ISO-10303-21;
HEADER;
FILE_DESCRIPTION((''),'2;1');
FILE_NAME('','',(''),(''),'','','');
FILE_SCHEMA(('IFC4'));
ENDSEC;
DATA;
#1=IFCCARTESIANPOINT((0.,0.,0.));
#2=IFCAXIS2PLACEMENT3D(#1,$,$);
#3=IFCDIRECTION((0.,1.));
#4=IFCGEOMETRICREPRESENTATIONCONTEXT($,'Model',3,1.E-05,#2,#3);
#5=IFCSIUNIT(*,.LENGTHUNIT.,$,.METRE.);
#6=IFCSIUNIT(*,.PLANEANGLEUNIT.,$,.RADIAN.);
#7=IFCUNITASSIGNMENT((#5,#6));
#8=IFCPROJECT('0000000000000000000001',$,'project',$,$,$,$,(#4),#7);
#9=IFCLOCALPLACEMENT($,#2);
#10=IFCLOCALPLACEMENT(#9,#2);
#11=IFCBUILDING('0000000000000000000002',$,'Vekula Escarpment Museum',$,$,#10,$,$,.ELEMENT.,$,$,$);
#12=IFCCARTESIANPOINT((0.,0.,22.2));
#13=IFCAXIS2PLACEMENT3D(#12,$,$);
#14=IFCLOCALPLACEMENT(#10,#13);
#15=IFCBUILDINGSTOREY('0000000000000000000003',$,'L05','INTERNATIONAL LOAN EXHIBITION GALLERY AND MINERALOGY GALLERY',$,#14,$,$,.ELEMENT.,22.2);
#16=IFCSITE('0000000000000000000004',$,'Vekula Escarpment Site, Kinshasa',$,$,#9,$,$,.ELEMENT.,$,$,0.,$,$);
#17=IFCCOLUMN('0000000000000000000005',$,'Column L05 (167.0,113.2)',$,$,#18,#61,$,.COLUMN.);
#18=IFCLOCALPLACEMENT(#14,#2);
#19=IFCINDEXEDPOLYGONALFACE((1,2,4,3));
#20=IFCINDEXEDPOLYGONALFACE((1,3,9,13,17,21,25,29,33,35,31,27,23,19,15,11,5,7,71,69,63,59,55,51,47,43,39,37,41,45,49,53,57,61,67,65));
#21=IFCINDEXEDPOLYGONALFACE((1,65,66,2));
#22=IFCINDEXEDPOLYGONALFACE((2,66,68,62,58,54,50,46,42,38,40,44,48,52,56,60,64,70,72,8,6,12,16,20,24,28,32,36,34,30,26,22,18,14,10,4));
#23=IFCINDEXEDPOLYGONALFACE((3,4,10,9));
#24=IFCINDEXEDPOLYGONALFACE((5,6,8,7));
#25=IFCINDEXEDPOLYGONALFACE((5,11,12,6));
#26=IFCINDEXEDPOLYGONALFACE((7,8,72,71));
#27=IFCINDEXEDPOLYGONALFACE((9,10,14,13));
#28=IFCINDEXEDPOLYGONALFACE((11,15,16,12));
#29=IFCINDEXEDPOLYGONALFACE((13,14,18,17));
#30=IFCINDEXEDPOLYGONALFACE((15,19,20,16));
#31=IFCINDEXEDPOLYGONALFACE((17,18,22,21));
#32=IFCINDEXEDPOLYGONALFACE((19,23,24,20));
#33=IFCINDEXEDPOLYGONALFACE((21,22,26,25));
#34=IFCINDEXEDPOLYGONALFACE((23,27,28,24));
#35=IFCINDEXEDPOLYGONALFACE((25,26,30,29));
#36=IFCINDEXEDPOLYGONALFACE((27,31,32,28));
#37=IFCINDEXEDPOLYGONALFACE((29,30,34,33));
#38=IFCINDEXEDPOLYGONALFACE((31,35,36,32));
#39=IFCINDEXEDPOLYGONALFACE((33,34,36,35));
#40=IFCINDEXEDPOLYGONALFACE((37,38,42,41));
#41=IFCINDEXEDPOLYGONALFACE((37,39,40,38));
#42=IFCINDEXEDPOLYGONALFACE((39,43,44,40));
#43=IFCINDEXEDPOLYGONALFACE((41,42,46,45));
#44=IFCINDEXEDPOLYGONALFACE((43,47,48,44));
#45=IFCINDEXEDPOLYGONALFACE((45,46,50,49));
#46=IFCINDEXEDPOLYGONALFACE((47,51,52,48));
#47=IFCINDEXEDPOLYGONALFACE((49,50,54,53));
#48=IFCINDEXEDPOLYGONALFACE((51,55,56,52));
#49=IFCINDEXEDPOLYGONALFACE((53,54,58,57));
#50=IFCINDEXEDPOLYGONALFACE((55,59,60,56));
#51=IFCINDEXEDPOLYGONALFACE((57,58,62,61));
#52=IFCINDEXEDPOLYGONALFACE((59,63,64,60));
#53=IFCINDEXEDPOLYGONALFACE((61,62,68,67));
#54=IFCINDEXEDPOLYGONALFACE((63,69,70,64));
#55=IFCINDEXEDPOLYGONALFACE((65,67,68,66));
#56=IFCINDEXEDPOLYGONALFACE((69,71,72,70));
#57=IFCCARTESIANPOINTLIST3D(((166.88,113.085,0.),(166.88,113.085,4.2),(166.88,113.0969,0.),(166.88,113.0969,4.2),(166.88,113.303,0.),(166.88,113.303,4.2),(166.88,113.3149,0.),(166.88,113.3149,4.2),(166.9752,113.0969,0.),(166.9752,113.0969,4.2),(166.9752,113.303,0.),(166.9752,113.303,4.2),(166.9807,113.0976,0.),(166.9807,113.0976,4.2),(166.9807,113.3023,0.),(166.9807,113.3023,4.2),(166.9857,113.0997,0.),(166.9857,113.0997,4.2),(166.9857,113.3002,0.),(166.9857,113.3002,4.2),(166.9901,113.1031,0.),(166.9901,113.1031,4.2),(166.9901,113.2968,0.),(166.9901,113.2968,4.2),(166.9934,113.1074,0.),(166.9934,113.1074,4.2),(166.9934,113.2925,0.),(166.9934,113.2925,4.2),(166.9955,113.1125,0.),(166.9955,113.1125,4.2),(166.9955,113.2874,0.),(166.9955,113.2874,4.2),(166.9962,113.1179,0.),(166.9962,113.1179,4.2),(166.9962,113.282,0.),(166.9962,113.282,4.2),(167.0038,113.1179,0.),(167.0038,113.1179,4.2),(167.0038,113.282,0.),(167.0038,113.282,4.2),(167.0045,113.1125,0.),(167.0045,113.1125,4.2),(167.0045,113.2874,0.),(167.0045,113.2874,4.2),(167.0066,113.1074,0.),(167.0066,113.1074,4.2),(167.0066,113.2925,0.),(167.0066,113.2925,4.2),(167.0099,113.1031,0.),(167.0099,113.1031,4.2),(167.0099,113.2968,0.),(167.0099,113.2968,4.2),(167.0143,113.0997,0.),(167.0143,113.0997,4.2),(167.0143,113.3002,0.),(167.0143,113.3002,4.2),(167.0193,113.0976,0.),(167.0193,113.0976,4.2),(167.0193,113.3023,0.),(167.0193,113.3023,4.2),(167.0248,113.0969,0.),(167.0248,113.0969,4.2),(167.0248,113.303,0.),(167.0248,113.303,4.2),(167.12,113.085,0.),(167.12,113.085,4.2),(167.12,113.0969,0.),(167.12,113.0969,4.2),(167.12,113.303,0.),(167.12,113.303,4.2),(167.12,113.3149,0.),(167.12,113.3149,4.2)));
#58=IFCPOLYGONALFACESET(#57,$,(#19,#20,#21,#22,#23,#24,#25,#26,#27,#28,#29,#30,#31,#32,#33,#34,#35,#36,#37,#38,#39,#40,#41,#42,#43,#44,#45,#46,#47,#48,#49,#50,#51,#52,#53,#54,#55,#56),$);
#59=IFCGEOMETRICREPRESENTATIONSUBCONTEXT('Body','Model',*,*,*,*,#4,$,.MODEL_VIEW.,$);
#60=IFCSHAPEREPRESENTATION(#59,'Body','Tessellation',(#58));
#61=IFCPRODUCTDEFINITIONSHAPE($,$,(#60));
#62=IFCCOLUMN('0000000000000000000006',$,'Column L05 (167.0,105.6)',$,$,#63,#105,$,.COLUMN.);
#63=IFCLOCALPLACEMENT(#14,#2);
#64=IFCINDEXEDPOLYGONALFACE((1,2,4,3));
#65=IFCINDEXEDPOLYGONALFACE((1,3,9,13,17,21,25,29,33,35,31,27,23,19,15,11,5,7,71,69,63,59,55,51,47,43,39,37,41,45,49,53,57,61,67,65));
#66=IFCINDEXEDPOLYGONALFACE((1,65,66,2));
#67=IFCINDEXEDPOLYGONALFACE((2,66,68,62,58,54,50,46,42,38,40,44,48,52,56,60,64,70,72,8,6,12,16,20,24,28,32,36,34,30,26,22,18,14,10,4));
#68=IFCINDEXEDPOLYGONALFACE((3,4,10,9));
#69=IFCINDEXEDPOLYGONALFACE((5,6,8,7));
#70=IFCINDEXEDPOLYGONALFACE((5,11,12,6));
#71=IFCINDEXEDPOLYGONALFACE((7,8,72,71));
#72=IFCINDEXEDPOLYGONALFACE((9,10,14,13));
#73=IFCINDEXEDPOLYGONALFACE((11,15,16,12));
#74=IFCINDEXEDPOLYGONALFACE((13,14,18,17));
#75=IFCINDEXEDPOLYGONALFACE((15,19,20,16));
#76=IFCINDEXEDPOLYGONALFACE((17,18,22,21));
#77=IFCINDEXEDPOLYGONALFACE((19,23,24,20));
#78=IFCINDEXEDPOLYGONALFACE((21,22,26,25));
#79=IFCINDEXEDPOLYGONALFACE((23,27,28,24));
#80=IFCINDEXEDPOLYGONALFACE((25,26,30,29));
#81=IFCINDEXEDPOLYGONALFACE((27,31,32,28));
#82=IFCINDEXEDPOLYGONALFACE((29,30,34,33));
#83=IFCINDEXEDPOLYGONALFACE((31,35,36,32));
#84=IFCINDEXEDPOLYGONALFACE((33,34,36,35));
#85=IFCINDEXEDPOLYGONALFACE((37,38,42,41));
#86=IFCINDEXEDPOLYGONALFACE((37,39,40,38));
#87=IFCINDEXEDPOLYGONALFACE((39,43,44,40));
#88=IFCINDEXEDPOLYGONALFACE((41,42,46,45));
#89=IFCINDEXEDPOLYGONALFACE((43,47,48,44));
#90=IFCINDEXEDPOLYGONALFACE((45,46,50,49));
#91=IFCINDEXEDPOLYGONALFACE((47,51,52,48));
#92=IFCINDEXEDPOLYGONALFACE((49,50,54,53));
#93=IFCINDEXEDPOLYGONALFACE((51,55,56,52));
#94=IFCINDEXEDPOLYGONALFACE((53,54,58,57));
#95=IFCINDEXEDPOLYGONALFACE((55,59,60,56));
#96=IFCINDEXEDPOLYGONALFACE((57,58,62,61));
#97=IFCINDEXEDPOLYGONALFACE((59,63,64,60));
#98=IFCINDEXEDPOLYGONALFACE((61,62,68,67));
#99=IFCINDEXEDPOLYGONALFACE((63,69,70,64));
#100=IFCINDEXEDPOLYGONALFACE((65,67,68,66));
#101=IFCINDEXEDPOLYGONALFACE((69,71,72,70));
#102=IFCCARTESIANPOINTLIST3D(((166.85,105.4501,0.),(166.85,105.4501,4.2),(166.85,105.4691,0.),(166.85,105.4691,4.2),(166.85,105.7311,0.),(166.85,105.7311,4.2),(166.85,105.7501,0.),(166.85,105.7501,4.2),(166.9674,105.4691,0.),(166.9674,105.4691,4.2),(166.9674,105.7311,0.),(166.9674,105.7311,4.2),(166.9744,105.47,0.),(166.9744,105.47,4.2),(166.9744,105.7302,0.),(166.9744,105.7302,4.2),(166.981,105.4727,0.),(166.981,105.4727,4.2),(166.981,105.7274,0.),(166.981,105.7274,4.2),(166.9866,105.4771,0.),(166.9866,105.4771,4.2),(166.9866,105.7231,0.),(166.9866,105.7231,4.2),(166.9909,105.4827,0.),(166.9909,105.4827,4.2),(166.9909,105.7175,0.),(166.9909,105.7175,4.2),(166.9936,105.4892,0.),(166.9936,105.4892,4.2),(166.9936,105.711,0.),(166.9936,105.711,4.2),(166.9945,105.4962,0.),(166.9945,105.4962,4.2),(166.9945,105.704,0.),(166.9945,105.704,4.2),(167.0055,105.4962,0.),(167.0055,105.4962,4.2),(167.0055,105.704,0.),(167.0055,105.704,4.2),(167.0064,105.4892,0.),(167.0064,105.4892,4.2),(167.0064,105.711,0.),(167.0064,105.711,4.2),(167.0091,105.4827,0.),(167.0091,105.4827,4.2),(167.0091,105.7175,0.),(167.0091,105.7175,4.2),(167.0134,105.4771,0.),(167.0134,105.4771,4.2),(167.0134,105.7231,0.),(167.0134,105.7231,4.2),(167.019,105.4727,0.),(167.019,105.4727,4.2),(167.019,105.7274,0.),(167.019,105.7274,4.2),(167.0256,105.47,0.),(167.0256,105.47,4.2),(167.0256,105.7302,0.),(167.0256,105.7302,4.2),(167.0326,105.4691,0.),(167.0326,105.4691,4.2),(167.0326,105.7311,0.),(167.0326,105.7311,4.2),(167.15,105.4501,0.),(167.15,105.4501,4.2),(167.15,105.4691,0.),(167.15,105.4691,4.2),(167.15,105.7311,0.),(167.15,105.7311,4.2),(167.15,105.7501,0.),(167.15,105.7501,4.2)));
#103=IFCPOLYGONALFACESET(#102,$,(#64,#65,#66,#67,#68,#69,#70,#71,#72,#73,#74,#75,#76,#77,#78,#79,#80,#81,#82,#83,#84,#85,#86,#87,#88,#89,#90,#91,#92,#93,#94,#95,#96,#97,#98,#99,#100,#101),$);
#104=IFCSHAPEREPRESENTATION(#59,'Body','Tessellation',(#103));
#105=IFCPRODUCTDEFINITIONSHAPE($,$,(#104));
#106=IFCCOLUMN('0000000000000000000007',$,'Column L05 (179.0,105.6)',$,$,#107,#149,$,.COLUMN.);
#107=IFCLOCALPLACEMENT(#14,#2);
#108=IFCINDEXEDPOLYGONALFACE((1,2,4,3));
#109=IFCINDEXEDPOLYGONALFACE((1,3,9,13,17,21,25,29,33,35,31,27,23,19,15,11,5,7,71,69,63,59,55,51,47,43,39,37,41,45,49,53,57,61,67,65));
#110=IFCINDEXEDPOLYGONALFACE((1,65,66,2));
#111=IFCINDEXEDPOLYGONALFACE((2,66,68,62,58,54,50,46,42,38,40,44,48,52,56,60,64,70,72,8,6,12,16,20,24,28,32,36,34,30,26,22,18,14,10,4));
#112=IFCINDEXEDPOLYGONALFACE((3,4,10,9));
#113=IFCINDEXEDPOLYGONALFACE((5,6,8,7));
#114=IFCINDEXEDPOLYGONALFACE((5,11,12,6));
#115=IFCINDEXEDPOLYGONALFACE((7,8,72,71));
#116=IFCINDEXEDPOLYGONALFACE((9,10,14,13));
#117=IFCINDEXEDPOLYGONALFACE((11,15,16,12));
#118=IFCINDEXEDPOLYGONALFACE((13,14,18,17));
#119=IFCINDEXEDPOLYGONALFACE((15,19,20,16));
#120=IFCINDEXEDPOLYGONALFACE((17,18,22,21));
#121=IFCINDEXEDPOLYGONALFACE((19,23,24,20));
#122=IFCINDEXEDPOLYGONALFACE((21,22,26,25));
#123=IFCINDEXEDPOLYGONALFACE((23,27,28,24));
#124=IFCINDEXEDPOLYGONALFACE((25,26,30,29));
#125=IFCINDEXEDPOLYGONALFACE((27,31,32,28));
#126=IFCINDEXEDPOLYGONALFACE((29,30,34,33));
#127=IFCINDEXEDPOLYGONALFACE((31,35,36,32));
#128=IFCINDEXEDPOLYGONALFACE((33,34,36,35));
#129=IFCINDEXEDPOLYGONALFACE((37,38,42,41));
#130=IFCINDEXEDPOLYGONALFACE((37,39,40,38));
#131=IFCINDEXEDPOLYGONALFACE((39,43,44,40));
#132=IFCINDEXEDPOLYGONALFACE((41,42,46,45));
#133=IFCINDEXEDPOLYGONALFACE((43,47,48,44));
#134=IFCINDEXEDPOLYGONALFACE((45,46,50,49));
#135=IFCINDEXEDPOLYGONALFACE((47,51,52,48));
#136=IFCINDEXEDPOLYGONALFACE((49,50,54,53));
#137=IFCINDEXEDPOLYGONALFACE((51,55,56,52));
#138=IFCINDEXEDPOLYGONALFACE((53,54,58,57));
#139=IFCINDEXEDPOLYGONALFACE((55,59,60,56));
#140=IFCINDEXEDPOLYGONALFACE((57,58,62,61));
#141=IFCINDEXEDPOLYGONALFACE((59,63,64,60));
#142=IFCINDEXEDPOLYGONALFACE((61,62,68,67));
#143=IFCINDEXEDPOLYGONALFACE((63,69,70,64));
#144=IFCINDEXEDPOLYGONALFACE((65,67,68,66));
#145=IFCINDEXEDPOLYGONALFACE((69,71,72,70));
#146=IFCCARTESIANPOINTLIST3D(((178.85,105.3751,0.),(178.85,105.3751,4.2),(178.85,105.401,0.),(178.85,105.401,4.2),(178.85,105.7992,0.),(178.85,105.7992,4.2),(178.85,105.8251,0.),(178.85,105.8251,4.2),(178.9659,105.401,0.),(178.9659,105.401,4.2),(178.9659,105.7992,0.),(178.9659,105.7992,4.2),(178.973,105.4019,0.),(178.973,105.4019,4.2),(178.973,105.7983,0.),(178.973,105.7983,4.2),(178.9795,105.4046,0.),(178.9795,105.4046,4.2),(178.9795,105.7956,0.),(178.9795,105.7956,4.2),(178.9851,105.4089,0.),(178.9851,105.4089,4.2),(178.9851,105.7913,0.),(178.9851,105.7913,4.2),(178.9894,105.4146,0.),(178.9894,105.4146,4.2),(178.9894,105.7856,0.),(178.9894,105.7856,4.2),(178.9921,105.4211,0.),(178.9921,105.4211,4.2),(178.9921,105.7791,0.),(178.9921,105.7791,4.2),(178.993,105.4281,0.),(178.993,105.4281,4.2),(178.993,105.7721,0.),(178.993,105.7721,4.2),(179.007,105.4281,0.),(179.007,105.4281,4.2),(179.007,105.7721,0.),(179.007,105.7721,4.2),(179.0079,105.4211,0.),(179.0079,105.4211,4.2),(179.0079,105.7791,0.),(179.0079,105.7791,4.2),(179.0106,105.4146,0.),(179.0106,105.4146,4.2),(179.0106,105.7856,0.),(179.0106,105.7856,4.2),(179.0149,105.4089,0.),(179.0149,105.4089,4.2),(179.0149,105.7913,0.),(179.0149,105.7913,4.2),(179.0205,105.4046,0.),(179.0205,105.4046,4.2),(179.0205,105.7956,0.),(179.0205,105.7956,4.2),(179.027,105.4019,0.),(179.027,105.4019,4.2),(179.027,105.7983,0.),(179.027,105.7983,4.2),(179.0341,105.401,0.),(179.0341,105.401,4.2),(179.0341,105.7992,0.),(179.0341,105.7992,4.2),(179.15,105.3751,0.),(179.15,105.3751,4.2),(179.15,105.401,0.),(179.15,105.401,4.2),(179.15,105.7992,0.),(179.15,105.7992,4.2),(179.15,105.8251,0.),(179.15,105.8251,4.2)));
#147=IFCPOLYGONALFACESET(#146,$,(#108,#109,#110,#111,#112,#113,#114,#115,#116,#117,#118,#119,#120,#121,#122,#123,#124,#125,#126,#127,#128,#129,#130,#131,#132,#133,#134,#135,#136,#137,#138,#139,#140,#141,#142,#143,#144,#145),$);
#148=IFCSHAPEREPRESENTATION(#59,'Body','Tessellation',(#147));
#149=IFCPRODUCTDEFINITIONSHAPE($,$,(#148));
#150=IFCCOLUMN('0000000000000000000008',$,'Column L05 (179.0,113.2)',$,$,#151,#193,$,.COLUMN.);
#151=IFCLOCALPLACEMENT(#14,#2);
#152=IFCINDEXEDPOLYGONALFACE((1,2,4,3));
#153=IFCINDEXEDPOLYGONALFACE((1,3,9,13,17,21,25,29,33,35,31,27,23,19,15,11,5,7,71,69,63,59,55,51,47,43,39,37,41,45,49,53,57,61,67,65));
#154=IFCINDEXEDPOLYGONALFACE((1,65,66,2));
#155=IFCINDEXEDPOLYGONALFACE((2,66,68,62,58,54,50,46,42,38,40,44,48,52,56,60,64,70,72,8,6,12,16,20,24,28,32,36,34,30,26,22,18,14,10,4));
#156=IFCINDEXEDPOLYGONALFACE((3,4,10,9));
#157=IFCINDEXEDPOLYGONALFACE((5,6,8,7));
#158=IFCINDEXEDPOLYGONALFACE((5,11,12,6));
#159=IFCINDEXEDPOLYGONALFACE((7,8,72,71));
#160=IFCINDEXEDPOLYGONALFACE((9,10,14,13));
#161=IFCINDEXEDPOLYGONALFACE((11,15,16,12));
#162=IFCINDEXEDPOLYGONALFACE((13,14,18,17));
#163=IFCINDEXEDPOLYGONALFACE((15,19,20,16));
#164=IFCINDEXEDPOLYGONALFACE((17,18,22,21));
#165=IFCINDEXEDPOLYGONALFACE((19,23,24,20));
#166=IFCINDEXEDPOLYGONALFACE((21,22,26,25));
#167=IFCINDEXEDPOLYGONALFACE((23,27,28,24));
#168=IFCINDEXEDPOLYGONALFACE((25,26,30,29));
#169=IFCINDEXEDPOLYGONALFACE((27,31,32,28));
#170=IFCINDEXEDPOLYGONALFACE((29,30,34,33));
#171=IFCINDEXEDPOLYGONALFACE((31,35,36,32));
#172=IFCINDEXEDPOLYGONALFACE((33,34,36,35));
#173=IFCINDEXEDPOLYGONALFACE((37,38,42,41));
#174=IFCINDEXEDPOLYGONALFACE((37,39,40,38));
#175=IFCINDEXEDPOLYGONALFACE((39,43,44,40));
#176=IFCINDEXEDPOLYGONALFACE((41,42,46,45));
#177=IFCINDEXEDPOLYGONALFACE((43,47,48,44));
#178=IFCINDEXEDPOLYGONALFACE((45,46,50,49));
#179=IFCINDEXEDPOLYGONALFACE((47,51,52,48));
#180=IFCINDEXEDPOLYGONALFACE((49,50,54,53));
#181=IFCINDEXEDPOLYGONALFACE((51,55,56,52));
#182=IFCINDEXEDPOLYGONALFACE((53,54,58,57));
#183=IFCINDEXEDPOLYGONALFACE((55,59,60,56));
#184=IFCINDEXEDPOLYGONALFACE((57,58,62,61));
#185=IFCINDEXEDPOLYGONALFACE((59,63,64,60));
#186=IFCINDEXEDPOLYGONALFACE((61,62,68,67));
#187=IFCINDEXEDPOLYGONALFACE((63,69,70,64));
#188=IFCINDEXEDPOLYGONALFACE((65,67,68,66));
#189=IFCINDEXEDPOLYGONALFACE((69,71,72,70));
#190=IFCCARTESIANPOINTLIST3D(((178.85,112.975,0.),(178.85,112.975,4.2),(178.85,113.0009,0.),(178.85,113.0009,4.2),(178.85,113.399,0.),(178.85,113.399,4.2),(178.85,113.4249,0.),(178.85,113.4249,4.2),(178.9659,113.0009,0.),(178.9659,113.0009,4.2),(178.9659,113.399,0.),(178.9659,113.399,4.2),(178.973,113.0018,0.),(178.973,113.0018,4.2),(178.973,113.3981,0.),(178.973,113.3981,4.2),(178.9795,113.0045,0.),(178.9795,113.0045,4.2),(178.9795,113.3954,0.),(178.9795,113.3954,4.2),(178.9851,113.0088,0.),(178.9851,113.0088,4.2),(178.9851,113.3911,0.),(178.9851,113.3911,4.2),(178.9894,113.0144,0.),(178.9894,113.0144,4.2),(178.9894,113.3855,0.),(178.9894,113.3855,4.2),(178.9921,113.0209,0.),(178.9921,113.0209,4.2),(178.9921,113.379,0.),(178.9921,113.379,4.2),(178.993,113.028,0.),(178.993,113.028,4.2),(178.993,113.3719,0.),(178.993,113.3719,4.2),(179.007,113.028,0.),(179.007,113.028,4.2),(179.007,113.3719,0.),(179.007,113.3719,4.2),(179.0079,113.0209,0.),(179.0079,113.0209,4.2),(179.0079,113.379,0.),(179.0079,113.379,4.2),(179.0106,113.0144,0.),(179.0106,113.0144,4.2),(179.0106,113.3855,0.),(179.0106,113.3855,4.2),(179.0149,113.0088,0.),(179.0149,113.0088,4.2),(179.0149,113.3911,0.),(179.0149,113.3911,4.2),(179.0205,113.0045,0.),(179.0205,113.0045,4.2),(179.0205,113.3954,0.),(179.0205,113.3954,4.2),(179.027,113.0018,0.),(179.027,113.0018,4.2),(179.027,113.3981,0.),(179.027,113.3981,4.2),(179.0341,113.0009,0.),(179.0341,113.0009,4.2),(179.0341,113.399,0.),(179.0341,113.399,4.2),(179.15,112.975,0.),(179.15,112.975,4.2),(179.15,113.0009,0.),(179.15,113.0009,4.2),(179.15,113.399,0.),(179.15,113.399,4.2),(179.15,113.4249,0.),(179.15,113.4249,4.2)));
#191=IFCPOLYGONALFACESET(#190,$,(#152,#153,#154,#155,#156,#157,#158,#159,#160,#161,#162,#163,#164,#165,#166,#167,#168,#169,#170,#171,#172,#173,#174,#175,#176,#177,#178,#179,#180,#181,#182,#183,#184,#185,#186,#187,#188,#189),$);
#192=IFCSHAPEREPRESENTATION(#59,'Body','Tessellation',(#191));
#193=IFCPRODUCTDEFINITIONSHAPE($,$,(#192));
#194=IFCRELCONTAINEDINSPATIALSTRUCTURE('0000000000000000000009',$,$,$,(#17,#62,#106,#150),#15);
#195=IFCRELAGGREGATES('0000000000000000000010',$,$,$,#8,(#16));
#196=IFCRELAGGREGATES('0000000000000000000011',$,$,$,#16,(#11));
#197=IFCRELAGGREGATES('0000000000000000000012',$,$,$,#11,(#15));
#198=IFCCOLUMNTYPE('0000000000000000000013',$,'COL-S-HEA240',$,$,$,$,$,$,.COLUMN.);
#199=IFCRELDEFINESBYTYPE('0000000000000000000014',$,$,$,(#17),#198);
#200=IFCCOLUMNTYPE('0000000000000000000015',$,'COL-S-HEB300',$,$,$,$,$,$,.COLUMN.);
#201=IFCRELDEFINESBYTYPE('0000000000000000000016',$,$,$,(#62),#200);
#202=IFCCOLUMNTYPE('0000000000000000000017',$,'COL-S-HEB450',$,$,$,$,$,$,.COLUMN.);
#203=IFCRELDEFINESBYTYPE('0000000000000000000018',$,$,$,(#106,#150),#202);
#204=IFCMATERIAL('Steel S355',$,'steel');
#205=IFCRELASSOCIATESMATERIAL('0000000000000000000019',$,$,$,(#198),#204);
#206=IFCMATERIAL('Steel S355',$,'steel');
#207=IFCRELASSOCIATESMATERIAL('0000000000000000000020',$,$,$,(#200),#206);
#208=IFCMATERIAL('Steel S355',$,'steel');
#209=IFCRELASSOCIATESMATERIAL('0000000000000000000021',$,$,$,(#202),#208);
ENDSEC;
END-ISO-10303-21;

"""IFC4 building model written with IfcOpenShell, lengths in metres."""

from ifc_helpers import new_model, si_unit, direction, frame, origin, origin_2d, place, context, subcontext, project, spatial, i_section, extrude, material, material_profile, profile_set, type_object, element, save


model = new_model("IFC4")

# Units and contexts
model_context = context("Model", 3, precision=1e-05, world=origin(), true_north=direction((0.0, 1.0)))
body_context = subcontext(model_context, "Body", "Model", "MODEL_VIEW")
ifc_project = project(units=[si_unit("LENGTHUNIT", "METRE"), si_unit("PLANEANGLEUNIT", "RADIAN")], contexts=[model_context])

# Site, building, storey
site_placement = place(None, origin())
site = spatial("IfcSite", under=ifc_project, at=site_placement, Name="Vekula Escarpment Site, Kinshasa", CompositionType="ELEMENT", RefElevation=0.0)
building_placement = place(site_placement, origin())
building = spatial("IfcBuilding", under=site, at=building_placement, Name="Vekula Escarpment Museum", CompositionType="ELEMENT")
storey_placement = place(building_placement, frame((0.0, 0.0, 22.2)))
storey = spatial("IfcBuildingStorey", under=building, at=storey_placement, Name="L05", Description="INTERNATIONAL LOAN EXHIBITION GALLERY AND MINERALOGY GALLERY", CompositionType="ELEMENT", Elevation=22.2)

# Columns
ifc_material_1 = material(Name="Steel S355", Category="steel")
ifc_material_profile_1 = material_profile(ifc_material_1, i_section(OverallWidth=0.24, OverallDepth=0.23, WebThickness=0.0076, FlangeThickness=0.012, FilletRadius=0.021, at=origin_2d()), Name="HEA 240")
ifc_profile_set_1 = profile_set([ifc_material_profile_1], Name="Steel S355")
column_type_1 = type_object("IfcColumnType", Name="COL-S-HEA240", PredefinedType="COLUMN", material=ifc_profile_set_1)
column_1_placement = place(storey_placement, frame((167.0, 113.2, 0.0), z_axis=(0.0, 0.0, 1.0), x_axis=(1.0, 0.0, 0.0)))
element("IfcColumn", 1, at=column_1_placement, inside=storey, type_object=column_type_1, Name="Column L05 (167.0,113.2)", PredefinedType="COLUMN", context=body_context, shape_type="SweptSolid", body=[
    extrude(i_section(OverallWidth=0.24, OverallDepth=0.23, WebThickness=0.0076, FlangeThickness=0.012, FilletRadius=0.021, at=origin_2d()), origin(), (0.0, 0.0, 1.0), 4.2),
])
ifc_material_2 = material(Name="Steel S355", Category="steel")
ifc_material_profile_2 = material_profile(ifc_material_2, i_section(OverallWidth=0.3, OverallDepth=0.3, WebThickness=0.011, FlangeThickness=0.019, FilletRadius=0.0271, at=origin_2d()), Name="HEB 300")
ifc_profile_set_2 = profile_set([ifc_material_profile_2], Name="Steel S355")
column_type_2 = type_object("IfcColumnType", Name="COL-S-HEB300", PredefinedType="COLUMN", material=ifc_profile_set_2)
column_2_placement = place(storey_placement, frame((167.0, 105.6001, 0.0), z_axis=(0.0, 0.0, 1.0), x_axis=(1.0, 0.0, 0.0)))
element("IfcColumn", 2, at=column_2_placement, inside=storey, type_object=column_type_2, Name="Column L05 (167.0,105.6)", PredefinedType="COLUMN", context=body_context, shape_type="SweptSolid", body=[
    extrude(i_section(OverallWidth=0.3, OverallDepth=0.3, WebThickness=0.011, FlangeThickness=0.019, FilletRadius=0.0271, at=origin_2d()), origin(), (0.0, 0.0, 1.0), 4.2),
])
ifc_material_3 = material(Name="Steel S355", Category="steel")
ifc_material_profile_3 = material_profile(ifc_material_3, i_section(OverallWidth=0.3, OverallDepth=0.45, WebThickness=0.0139, FlangeThickness=0.0259, FilletRadius=0.0271, at=origin_2d()), Name="HEB 450")
ifc_profile_set_3 = profile_set([ifc_material_profile_3], Name="Steel S355")
column_type_3 = type_object("IfcColumnType", Name="COL-S-HEB450", PredefinedType="COLUMN", material=ifc_profile_set_3)
for number, where, z_axis, x_axis, name in (
    (3, (179.0, 105.6001, 0.0), (0.0, 0.0, 1.0), (1.0, 0.0, 0.0), "Column L05 (179.0,105.6)"),
    (4, (179.0, 113.2, 0.0), (0.0, 0.0, 1.0), (1.0, 0.0, 0.0), "Column L05 (179.0,113.2)"),
):
    element("IfcColumn", number, at=place(storey_placement, frame(where, z_axis=z_axis, x_axis=x_axis)), inside=storey, type_object=column_type_3, Name=name, PredefinedType="COLUMN", context=body_context, shape_type="SweptSolid", body=[
        extrude(i_section(OverallWidth=0.3, OverallDepth=0.45, WebThickness=0.0139, FlangeThickness=0.0259, FilletRadius=0.0271, at=origin_2d()), origin(), (0.0, 0.0, 1.0), 4.2),
    ])

save(model, "model.ifc")
